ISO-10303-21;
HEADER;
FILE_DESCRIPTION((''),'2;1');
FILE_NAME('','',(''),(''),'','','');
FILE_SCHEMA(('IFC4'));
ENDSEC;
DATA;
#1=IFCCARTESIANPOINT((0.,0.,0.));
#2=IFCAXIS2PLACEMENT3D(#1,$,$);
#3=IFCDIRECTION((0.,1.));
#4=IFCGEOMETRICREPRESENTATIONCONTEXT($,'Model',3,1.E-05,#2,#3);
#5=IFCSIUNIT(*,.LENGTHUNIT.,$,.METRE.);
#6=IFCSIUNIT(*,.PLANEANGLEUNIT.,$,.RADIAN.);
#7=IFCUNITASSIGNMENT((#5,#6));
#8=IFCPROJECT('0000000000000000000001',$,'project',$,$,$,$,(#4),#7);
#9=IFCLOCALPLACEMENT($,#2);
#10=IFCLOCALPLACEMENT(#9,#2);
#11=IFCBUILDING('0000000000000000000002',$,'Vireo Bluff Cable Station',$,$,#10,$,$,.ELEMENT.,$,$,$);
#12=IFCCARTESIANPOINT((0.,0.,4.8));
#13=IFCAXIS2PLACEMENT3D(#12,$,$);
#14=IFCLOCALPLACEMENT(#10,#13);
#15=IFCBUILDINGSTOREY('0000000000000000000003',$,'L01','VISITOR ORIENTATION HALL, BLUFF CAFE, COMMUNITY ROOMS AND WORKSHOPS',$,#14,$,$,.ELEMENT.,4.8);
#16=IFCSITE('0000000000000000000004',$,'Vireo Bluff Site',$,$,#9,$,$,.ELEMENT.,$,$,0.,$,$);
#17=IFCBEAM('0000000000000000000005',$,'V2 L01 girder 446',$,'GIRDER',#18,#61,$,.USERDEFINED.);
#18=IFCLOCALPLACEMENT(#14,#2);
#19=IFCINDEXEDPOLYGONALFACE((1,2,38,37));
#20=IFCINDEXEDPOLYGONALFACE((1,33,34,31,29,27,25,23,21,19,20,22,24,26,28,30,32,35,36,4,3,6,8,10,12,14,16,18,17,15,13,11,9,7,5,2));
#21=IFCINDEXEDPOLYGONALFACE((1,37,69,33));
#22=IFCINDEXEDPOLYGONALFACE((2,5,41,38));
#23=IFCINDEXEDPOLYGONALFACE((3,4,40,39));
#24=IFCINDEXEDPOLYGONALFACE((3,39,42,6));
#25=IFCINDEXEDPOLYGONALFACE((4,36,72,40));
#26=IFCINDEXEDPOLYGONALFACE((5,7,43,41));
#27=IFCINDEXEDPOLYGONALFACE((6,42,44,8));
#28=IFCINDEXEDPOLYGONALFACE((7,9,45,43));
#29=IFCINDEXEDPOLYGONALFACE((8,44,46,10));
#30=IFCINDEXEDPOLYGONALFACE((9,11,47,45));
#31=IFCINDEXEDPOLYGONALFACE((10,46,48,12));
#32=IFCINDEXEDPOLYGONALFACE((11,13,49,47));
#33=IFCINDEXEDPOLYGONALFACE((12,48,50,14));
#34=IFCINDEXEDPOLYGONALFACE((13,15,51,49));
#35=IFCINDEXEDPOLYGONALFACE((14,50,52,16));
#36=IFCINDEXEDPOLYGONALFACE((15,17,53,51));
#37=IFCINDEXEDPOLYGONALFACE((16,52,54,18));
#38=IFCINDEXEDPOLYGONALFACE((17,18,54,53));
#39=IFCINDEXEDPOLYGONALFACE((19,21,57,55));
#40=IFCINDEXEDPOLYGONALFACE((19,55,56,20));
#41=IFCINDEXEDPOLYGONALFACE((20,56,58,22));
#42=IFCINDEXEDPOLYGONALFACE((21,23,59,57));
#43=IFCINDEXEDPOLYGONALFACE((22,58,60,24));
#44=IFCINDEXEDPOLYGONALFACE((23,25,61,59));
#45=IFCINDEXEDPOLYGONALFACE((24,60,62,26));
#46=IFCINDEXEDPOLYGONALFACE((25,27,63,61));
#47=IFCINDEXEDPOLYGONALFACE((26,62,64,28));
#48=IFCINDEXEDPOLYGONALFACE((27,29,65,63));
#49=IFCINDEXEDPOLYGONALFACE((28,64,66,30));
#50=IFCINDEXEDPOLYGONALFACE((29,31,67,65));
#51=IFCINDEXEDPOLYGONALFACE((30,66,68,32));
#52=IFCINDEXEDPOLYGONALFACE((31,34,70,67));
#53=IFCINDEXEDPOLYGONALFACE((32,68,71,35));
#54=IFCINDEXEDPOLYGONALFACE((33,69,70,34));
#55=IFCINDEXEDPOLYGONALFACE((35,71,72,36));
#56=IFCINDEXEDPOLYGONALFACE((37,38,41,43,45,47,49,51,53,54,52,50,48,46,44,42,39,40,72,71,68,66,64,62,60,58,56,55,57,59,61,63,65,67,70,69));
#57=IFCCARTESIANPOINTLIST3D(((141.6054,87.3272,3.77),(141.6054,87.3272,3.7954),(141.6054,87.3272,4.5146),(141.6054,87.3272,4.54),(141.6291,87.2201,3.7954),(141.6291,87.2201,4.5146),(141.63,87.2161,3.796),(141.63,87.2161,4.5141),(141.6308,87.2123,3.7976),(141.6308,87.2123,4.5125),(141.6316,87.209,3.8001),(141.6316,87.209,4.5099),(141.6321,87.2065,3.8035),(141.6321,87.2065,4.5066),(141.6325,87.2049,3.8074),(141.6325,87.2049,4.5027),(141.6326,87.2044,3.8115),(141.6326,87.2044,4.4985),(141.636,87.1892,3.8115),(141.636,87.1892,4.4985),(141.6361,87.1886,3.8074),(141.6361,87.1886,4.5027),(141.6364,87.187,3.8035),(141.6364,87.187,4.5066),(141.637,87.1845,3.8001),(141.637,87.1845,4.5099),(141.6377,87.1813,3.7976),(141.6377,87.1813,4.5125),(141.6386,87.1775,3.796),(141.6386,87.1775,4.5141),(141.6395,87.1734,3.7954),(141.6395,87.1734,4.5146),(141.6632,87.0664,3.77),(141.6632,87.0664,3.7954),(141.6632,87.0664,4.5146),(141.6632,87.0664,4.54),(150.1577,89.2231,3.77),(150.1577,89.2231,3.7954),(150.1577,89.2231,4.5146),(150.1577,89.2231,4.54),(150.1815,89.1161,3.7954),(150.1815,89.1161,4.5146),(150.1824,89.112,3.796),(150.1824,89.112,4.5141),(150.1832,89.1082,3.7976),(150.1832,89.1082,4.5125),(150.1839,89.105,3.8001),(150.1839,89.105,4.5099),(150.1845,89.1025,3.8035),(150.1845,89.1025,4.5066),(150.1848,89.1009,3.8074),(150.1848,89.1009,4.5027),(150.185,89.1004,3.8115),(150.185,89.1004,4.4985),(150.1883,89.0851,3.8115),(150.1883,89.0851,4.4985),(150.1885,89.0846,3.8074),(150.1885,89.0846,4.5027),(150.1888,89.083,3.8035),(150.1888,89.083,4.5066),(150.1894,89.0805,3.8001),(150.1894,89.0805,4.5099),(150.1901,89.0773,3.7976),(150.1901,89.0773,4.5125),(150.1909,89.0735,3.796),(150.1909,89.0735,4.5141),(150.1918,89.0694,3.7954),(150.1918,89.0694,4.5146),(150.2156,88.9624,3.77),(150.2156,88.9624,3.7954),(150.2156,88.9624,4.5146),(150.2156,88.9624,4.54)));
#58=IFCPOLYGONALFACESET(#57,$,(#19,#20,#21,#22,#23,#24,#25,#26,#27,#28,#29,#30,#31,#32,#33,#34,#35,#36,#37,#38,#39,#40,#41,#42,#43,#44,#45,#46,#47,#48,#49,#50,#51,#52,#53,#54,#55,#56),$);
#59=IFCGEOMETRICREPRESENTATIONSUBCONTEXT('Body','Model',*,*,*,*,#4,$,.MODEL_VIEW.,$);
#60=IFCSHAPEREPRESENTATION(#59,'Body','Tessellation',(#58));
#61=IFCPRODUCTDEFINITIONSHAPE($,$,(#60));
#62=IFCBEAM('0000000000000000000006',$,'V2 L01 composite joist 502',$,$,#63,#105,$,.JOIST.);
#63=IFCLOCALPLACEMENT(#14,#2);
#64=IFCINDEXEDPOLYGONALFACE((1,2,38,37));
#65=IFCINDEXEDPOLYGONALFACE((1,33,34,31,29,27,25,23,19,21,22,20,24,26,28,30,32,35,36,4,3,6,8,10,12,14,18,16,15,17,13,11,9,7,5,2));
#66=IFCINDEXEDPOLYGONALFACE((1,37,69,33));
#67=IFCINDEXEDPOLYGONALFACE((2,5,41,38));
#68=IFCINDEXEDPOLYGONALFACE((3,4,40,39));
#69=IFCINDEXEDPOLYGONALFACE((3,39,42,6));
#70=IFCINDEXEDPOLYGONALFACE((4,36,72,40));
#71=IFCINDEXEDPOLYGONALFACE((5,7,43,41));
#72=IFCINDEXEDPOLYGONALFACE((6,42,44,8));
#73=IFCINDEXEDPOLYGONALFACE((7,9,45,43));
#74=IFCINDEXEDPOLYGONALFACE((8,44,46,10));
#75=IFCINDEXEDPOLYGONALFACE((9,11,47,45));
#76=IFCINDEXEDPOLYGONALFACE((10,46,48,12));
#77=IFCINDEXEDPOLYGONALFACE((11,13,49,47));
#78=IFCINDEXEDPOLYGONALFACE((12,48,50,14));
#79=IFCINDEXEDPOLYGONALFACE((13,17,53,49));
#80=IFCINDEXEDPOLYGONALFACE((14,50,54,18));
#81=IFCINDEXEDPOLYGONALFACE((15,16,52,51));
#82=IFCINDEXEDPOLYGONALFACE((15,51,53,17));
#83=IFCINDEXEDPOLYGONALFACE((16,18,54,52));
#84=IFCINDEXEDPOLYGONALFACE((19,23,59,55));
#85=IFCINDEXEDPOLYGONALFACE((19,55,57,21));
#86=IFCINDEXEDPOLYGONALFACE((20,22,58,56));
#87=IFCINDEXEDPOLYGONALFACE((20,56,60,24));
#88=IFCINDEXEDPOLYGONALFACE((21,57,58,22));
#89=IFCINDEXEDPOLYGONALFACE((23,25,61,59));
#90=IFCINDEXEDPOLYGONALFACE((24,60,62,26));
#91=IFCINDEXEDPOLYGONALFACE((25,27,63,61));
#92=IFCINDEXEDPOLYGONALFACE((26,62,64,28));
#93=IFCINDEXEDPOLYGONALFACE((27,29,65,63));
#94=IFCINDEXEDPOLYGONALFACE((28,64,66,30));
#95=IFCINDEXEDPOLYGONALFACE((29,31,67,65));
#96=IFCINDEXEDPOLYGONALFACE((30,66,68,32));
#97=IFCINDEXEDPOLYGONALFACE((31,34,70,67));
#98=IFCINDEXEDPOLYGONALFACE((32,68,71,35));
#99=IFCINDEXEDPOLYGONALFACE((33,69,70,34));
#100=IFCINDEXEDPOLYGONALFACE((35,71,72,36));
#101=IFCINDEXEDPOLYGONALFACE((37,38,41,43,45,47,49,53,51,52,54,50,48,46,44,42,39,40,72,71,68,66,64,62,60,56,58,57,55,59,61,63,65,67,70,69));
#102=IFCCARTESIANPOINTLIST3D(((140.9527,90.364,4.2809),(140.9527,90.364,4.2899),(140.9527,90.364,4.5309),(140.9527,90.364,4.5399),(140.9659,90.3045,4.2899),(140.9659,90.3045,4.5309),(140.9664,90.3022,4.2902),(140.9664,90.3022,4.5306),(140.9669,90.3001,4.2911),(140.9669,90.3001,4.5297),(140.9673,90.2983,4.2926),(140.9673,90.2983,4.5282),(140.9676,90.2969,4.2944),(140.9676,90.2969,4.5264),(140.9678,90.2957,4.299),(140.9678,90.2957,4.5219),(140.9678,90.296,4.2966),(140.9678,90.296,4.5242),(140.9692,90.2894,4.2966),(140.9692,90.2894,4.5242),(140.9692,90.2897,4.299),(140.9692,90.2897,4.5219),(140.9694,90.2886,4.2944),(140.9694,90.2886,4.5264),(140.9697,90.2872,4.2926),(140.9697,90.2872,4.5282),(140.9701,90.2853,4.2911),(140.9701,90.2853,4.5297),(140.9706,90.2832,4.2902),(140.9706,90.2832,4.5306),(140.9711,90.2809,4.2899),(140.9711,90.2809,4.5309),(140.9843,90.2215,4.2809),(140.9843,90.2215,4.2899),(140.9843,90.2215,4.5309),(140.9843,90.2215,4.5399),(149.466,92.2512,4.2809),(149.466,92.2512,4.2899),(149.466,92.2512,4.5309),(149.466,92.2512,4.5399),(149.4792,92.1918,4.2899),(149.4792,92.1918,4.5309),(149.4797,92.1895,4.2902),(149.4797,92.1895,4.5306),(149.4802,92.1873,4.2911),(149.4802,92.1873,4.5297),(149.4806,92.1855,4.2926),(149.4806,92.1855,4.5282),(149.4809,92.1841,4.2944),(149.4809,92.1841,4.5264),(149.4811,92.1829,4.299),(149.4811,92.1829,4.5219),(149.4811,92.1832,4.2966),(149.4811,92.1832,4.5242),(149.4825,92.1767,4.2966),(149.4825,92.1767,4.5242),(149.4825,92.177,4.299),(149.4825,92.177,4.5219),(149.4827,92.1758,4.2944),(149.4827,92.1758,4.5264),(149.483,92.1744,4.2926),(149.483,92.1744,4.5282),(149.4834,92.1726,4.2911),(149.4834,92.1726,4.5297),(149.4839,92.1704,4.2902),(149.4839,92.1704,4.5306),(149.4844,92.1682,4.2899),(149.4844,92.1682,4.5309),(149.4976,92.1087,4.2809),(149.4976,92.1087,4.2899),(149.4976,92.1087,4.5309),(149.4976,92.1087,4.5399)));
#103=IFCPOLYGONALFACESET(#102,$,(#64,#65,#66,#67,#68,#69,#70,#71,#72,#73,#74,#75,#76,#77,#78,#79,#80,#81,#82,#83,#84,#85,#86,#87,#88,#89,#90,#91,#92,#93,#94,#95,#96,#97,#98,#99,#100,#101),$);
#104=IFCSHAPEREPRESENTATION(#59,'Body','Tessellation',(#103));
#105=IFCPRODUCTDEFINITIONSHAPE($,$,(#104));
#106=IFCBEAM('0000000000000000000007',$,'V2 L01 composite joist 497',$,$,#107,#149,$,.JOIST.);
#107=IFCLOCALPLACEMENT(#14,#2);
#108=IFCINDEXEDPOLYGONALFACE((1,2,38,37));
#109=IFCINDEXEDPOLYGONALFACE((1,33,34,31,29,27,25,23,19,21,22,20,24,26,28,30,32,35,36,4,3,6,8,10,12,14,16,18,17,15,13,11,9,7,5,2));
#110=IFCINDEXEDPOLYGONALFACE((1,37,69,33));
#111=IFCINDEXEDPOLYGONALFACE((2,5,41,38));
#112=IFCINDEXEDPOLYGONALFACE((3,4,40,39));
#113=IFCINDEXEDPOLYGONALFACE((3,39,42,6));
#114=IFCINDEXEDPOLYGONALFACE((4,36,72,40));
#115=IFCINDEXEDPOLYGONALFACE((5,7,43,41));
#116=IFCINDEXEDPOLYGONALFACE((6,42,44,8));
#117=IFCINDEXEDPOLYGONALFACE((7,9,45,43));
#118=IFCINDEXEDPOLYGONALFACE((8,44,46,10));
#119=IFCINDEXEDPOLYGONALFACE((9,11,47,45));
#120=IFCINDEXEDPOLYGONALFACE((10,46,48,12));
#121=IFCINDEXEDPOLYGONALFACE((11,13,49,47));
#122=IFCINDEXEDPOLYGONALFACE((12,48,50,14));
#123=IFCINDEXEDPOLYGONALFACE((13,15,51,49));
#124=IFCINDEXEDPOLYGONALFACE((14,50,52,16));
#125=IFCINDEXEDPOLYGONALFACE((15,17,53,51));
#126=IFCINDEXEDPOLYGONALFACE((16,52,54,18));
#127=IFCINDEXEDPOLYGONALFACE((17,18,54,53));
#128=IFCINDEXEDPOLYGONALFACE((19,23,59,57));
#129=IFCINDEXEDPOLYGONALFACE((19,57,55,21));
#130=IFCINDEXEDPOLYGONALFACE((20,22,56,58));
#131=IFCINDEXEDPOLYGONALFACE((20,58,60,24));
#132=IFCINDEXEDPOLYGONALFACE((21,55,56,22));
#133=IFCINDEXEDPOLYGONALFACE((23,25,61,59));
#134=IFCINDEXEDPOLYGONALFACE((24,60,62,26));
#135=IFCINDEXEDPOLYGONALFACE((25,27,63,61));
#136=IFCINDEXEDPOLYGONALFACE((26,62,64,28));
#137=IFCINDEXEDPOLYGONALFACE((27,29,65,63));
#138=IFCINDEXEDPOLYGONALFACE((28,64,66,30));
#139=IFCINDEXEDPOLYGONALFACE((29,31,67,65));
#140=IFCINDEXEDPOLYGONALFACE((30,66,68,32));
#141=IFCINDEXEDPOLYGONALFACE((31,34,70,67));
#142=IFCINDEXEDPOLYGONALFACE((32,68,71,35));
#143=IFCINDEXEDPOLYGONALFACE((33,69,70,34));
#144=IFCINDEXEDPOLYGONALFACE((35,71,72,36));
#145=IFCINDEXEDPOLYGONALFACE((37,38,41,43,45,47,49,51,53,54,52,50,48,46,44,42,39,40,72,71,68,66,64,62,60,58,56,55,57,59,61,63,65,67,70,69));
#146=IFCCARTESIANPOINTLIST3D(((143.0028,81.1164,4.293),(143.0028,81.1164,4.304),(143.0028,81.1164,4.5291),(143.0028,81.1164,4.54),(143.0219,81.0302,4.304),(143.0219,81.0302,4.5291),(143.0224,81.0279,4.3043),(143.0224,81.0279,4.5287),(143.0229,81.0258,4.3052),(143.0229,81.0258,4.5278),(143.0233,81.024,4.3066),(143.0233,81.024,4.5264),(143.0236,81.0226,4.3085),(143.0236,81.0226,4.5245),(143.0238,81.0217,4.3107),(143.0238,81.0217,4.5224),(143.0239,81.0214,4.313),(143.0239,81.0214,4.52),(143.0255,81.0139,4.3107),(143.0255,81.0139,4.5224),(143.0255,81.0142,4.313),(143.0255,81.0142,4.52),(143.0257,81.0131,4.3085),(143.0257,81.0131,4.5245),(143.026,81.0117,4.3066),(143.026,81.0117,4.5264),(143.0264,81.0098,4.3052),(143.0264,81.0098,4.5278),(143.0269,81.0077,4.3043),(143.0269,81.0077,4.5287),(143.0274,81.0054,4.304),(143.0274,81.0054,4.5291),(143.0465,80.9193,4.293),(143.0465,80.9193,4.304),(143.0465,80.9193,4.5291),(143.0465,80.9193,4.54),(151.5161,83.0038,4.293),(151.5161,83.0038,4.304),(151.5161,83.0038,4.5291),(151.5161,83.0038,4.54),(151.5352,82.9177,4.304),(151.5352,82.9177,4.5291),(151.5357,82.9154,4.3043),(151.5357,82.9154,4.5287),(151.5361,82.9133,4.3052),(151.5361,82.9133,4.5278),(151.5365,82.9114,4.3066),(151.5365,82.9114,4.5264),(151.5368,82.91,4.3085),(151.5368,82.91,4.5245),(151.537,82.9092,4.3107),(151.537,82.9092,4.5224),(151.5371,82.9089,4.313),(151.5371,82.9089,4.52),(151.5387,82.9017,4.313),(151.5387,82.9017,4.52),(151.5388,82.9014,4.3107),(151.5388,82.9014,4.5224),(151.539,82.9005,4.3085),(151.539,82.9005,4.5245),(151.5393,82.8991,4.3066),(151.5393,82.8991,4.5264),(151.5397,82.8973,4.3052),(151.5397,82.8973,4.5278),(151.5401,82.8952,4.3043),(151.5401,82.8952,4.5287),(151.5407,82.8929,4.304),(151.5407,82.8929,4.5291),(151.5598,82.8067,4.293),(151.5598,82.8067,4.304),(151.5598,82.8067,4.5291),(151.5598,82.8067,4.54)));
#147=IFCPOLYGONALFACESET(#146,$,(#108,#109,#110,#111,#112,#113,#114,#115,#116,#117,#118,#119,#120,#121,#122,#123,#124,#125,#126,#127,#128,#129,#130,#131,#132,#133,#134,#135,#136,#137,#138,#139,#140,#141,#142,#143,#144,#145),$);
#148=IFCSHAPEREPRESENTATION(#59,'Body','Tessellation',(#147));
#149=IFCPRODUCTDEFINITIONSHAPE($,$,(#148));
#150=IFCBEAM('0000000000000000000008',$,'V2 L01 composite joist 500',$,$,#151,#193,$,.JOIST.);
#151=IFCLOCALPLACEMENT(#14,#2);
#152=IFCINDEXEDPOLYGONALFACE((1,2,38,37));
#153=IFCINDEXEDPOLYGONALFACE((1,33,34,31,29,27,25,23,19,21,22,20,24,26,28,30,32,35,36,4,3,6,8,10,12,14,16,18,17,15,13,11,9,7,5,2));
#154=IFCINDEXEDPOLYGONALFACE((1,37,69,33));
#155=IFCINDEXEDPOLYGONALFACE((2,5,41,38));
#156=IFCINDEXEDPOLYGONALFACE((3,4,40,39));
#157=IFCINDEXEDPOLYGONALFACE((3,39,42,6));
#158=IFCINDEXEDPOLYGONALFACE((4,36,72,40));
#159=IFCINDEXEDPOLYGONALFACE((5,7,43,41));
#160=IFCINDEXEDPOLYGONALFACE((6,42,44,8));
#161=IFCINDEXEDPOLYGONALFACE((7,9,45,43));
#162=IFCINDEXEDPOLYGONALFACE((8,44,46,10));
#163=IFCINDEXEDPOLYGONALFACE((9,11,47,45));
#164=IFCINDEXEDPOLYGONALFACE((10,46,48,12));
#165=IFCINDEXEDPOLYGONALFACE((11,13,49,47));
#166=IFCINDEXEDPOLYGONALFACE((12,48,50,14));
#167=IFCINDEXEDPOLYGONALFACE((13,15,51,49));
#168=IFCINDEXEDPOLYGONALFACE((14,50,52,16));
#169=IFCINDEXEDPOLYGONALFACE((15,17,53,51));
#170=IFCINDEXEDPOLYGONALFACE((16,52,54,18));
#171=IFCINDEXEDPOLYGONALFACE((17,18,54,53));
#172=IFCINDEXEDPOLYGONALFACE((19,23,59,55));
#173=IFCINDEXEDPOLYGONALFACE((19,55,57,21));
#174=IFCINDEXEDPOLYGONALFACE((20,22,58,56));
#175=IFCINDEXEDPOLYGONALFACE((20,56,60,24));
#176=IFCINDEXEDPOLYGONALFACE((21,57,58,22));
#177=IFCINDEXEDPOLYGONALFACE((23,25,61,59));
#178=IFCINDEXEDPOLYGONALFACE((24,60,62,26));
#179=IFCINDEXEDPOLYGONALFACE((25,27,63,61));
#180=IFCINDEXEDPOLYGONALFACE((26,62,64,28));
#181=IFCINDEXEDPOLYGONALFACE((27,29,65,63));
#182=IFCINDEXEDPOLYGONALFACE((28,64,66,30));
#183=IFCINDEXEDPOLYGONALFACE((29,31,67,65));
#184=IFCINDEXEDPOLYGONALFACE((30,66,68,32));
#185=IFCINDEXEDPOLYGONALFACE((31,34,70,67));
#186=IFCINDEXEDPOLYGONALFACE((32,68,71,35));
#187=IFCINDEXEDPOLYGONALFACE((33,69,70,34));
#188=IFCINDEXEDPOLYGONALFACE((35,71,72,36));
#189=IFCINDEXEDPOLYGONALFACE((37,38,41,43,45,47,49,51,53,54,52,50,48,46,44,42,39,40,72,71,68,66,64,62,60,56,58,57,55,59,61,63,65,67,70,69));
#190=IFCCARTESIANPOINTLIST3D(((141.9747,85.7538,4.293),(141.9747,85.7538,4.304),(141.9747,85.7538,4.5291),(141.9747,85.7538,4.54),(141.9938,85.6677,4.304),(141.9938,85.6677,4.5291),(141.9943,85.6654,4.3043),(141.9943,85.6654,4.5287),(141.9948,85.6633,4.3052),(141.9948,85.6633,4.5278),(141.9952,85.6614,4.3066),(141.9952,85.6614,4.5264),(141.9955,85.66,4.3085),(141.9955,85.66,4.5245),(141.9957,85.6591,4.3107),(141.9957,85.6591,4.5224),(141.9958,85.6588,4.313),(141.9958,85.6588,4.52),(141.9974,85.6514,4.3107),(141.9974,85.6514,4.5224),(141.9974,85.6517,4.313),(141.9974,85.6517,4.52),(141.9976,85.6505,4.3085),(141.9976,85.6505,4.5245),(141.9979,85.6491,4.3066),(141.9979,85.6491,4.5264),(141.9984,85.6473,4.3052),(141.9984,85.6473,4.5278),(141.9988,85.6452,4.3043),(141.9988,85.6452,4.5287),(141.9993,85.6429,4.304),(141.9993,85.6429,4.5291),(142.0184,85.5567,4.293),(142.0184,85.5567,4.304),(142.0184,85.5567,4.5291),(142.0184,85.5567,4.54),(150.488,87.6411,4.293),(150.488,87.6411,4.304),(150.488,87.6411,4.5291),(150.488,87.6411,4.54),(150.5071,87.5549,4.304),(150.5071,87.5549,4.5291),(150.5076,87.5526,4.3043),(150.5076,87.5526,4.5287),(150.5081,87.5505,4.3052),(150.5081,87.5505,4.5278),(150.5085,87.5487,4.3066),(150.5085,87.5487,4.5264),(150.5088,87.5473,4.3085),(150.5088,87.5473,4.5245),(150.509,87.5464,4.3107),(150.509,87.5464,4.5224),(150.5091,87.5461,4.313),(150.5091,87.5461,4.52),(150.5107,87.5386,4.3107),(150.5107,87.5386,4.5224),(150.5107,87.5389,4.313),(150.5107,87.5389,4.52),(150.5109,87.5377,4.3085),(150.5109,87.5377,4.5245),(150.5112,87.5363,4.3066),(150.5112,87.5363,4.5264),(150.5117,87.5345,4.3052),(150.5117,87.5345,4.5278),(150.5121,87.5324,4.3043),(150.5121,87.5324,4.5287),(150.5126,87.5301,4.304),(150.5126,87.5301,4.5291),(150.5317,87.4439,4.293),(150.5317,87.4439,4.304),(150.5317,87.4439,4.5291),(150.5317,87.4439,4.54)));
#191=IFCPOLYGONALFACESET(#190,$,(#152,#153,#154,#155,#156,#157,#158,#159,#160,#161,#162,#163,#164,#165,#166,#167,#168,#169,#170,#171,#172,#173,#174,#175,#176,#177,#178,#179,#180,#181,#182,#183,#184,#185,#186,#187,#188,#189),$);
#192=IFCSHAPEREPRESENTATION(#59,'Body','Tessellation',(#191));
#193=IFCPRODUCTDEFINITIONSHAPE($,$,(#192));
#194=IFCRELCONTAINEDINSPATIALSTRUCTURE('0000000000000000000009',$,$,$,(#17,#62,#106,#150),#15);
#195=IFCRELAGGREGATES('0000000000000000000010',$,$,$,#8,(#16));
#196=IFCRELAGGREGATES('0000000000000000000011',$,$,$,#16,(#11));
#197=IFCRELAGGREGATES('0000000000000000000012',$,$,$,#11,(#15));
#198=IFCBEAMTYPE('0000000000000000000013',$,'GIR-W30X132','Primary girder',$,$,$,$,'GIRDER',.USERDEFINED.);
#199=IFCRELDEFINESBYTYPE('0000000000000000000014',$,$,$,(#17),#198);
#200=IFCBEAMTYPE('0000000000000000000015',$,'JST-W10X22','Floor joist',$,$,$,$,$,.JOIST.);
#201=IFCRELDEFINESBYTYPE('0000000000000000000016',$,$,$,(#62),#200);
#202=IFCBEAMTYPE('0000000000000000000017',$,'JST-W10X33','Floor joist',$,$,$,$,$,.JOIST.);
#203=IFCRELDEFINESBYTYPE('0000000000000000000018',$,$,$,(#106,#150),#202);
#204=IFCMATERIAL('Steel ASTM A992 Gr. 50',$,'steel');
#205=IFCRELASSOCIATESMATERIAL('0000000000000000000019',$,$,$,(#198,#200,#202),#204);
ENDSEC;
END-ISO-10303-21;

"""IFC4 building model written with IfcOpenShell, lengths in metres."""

from ifc_helpers import new_model, si_unit, direction, frame, origin, origin_2d, place, context, subcontext, project, spatial, i_section, extrude, material, material_profile, profile_set, type_object, element, save


model = new_model("IFC4")

# Units and contexts
model_context = context("Model", 3, precision=1e-05, world=origin(), true_north=direction((0.0, 1.0)))
body_context = subcontext(model_context, "Body", "Model", "MODEL_VIEW")
ifc_project = project(units=[si_unit("LENGTHUNIT", "METRE"), si_unit("PLANEANGLEUNIT", "RADIAN")], contexts=[model_context])

# Site, building, storey
site_placement = place(None, origin())
site = spatial("IfcSite", under=ifc_project, at=site_placement, Name="Vireo Bluff Site", CompositionType="ELEMENT", RefElevation=0.0)
building_placement = place(site_placement, origin())
building = spatial("IfcBuilding", under=site, at=building_placement, Name="Vireo Bluff Cable Station", CompositionType="ELEMENT")
storey_placement = place(building_placement, frame((0.0, 0.0, 4.8)))
storey = spatial("IfcBuildingStorey", under=building, at=storey_placement, Name="L01", Description="VISITOR ORIENTATION HALL, BLUFF CAFE, COMMUNITY ROOMS AND WORKSHOPS", CompositionType="ELEMENT", Elevation=4.8)

# Shared definitions
ifc_material_1 = material(Name="Steel ASTM A992 Gr. 50", Category="steel")

# Beams
ifc_material_profile_1 = material_profile(ifc_material_1, i_section(OverallWidth=0.2671, OverallDepth=0.77, WebThickness=0.0156, FlangeThickness=0.0254, FilletRadius=0.0161, at=origin_2d()), Name="W30X132")
ifc_profile_set_1 = profile_set([ifc_material_profile_1], Name="Steel ASTM A992 Gr. 50")
beam_type_1 = type_object("IfcBeamType", Name="GIR-W30X132", Description="Primary girder", ElementType="GIRDER", PredefinedType="USERDEFINED", material=ifc_profile_set_1)
beam_1_placement = place(storey_placement, frame((141.6343, 87.1968, 4.155), z_axis=(0.976297, 0.216435, 0.0), x_axis=(-0.216435, 0.976297, 0.0)))
element("IfcBeam", 1, at=beam_1_placement, inside=storey, type_object=beam_type_1, Name="V2 L01 girder 446", ObjectType="GIRDER", PredefinedType="USERDEFINED", context=body_context, shape_type="SweptSolid", body=[
    extrude(i_section(OverallWidth=0.2671, OverallDepth=0.77, WebThickness=0.0156, FlangeThickness=0.0254, FilletRadius=0.0161, at=origin_2d()), origin(), (0.0, 0.0, 1.0), 8.76),
])
ifc_material_profile_2 = material_profile(ifc_material_1, i_section(OverallWidth=0.146, OverallDepth=0.259, WebThickness=0.0061, FlangeThickness=0.009, FilletRadius=0.009, at=origin_2d()), Name="W10X22")
ifc_profile_set_2 = profile_set([ifc_material_profile_2], Name="Steel ASTM A992 Gr. 50")
beam_type_2 = type_object("IfcBeamType", Name="JST-W10X22", Description="Floor joist", PredefinedType="JOIST", material=ifc_profile_set_2)
beam_2_placement = place(storey_placement, frame((140.9685, 90.2927, 4.4104), z_axis=(0.976299, 0.216426, 0.0), x_axis=(-0.216426, 0.976299, 0.0)))
element("IfcBeam", 2, at=beam_2_placement, inside=storey, type_object=beam_type_2, Name="V2 L01 composite joist 502", PredefinedType="JOIST", context=body_context, shape_type="SweptSolid", body=[
    extrude(i_section(OverallWidth=0.146, OverallDepth=0.259, WebThickness=0.0061, FlangeThickness=0.009, FilletRadius=0.009, at=origin_2d()), origin(), (0.0, 0.0, 1.0), 8.72),
])
ifc_material_profile_3 = material_profile(ifc_material_1, i_section(OverallWidth=0.2019, OverallDepth=0.2471, WebThickness=0.0073, FlangeThickness=0.011, FilletRadius=0.009, at=origin_2d()), Name="W10X33")
ifc_profile_set_3 = profile_set([ifc_material_profile_3], Name="Steel ASTM A992 Gr. 50")
beam_type_3 = type_object("IfcBeamType", Name="JST-W10X33", Description="Floor joist", PredefinedType="JOIST", material=ifc_profile_set_3)
for number, where, z_axis, x_axis, name in (
    (3, (143.0247, 81.0178, 4.4165), (0.976293, 0.216453, 0.0), (-0.216453, 0.976293, 0.0), "V2 L01 composite joist 497"),
    (4, (141.9966, 85.6553, 4.4165), (0.976299, 0.216426, 0.0), (-0.216426, 0.976299, 0.0), "V2 L01 composite joist 500"),
):
    element("IfcBeam", number, at=place(storey_placement, frame(where, z_axis=z_axis, x_axis=x_axis)), inside=storey, type_object=beam_type_3, Name=name, PredefinedType="JOIST", context=body_context, shape_type="SweptSolid", body=[
        extrude(i_section(OverallWidth=0.2019, OverallDepth=0.2471, WebThickness=0.0073, FlangeThickness=0.011, FilletRadius=0.009, at=origin_2d()), origin(), (0.0, 0.0, 1.0), 8.72),
    ])

save(model, "model.ifc")
